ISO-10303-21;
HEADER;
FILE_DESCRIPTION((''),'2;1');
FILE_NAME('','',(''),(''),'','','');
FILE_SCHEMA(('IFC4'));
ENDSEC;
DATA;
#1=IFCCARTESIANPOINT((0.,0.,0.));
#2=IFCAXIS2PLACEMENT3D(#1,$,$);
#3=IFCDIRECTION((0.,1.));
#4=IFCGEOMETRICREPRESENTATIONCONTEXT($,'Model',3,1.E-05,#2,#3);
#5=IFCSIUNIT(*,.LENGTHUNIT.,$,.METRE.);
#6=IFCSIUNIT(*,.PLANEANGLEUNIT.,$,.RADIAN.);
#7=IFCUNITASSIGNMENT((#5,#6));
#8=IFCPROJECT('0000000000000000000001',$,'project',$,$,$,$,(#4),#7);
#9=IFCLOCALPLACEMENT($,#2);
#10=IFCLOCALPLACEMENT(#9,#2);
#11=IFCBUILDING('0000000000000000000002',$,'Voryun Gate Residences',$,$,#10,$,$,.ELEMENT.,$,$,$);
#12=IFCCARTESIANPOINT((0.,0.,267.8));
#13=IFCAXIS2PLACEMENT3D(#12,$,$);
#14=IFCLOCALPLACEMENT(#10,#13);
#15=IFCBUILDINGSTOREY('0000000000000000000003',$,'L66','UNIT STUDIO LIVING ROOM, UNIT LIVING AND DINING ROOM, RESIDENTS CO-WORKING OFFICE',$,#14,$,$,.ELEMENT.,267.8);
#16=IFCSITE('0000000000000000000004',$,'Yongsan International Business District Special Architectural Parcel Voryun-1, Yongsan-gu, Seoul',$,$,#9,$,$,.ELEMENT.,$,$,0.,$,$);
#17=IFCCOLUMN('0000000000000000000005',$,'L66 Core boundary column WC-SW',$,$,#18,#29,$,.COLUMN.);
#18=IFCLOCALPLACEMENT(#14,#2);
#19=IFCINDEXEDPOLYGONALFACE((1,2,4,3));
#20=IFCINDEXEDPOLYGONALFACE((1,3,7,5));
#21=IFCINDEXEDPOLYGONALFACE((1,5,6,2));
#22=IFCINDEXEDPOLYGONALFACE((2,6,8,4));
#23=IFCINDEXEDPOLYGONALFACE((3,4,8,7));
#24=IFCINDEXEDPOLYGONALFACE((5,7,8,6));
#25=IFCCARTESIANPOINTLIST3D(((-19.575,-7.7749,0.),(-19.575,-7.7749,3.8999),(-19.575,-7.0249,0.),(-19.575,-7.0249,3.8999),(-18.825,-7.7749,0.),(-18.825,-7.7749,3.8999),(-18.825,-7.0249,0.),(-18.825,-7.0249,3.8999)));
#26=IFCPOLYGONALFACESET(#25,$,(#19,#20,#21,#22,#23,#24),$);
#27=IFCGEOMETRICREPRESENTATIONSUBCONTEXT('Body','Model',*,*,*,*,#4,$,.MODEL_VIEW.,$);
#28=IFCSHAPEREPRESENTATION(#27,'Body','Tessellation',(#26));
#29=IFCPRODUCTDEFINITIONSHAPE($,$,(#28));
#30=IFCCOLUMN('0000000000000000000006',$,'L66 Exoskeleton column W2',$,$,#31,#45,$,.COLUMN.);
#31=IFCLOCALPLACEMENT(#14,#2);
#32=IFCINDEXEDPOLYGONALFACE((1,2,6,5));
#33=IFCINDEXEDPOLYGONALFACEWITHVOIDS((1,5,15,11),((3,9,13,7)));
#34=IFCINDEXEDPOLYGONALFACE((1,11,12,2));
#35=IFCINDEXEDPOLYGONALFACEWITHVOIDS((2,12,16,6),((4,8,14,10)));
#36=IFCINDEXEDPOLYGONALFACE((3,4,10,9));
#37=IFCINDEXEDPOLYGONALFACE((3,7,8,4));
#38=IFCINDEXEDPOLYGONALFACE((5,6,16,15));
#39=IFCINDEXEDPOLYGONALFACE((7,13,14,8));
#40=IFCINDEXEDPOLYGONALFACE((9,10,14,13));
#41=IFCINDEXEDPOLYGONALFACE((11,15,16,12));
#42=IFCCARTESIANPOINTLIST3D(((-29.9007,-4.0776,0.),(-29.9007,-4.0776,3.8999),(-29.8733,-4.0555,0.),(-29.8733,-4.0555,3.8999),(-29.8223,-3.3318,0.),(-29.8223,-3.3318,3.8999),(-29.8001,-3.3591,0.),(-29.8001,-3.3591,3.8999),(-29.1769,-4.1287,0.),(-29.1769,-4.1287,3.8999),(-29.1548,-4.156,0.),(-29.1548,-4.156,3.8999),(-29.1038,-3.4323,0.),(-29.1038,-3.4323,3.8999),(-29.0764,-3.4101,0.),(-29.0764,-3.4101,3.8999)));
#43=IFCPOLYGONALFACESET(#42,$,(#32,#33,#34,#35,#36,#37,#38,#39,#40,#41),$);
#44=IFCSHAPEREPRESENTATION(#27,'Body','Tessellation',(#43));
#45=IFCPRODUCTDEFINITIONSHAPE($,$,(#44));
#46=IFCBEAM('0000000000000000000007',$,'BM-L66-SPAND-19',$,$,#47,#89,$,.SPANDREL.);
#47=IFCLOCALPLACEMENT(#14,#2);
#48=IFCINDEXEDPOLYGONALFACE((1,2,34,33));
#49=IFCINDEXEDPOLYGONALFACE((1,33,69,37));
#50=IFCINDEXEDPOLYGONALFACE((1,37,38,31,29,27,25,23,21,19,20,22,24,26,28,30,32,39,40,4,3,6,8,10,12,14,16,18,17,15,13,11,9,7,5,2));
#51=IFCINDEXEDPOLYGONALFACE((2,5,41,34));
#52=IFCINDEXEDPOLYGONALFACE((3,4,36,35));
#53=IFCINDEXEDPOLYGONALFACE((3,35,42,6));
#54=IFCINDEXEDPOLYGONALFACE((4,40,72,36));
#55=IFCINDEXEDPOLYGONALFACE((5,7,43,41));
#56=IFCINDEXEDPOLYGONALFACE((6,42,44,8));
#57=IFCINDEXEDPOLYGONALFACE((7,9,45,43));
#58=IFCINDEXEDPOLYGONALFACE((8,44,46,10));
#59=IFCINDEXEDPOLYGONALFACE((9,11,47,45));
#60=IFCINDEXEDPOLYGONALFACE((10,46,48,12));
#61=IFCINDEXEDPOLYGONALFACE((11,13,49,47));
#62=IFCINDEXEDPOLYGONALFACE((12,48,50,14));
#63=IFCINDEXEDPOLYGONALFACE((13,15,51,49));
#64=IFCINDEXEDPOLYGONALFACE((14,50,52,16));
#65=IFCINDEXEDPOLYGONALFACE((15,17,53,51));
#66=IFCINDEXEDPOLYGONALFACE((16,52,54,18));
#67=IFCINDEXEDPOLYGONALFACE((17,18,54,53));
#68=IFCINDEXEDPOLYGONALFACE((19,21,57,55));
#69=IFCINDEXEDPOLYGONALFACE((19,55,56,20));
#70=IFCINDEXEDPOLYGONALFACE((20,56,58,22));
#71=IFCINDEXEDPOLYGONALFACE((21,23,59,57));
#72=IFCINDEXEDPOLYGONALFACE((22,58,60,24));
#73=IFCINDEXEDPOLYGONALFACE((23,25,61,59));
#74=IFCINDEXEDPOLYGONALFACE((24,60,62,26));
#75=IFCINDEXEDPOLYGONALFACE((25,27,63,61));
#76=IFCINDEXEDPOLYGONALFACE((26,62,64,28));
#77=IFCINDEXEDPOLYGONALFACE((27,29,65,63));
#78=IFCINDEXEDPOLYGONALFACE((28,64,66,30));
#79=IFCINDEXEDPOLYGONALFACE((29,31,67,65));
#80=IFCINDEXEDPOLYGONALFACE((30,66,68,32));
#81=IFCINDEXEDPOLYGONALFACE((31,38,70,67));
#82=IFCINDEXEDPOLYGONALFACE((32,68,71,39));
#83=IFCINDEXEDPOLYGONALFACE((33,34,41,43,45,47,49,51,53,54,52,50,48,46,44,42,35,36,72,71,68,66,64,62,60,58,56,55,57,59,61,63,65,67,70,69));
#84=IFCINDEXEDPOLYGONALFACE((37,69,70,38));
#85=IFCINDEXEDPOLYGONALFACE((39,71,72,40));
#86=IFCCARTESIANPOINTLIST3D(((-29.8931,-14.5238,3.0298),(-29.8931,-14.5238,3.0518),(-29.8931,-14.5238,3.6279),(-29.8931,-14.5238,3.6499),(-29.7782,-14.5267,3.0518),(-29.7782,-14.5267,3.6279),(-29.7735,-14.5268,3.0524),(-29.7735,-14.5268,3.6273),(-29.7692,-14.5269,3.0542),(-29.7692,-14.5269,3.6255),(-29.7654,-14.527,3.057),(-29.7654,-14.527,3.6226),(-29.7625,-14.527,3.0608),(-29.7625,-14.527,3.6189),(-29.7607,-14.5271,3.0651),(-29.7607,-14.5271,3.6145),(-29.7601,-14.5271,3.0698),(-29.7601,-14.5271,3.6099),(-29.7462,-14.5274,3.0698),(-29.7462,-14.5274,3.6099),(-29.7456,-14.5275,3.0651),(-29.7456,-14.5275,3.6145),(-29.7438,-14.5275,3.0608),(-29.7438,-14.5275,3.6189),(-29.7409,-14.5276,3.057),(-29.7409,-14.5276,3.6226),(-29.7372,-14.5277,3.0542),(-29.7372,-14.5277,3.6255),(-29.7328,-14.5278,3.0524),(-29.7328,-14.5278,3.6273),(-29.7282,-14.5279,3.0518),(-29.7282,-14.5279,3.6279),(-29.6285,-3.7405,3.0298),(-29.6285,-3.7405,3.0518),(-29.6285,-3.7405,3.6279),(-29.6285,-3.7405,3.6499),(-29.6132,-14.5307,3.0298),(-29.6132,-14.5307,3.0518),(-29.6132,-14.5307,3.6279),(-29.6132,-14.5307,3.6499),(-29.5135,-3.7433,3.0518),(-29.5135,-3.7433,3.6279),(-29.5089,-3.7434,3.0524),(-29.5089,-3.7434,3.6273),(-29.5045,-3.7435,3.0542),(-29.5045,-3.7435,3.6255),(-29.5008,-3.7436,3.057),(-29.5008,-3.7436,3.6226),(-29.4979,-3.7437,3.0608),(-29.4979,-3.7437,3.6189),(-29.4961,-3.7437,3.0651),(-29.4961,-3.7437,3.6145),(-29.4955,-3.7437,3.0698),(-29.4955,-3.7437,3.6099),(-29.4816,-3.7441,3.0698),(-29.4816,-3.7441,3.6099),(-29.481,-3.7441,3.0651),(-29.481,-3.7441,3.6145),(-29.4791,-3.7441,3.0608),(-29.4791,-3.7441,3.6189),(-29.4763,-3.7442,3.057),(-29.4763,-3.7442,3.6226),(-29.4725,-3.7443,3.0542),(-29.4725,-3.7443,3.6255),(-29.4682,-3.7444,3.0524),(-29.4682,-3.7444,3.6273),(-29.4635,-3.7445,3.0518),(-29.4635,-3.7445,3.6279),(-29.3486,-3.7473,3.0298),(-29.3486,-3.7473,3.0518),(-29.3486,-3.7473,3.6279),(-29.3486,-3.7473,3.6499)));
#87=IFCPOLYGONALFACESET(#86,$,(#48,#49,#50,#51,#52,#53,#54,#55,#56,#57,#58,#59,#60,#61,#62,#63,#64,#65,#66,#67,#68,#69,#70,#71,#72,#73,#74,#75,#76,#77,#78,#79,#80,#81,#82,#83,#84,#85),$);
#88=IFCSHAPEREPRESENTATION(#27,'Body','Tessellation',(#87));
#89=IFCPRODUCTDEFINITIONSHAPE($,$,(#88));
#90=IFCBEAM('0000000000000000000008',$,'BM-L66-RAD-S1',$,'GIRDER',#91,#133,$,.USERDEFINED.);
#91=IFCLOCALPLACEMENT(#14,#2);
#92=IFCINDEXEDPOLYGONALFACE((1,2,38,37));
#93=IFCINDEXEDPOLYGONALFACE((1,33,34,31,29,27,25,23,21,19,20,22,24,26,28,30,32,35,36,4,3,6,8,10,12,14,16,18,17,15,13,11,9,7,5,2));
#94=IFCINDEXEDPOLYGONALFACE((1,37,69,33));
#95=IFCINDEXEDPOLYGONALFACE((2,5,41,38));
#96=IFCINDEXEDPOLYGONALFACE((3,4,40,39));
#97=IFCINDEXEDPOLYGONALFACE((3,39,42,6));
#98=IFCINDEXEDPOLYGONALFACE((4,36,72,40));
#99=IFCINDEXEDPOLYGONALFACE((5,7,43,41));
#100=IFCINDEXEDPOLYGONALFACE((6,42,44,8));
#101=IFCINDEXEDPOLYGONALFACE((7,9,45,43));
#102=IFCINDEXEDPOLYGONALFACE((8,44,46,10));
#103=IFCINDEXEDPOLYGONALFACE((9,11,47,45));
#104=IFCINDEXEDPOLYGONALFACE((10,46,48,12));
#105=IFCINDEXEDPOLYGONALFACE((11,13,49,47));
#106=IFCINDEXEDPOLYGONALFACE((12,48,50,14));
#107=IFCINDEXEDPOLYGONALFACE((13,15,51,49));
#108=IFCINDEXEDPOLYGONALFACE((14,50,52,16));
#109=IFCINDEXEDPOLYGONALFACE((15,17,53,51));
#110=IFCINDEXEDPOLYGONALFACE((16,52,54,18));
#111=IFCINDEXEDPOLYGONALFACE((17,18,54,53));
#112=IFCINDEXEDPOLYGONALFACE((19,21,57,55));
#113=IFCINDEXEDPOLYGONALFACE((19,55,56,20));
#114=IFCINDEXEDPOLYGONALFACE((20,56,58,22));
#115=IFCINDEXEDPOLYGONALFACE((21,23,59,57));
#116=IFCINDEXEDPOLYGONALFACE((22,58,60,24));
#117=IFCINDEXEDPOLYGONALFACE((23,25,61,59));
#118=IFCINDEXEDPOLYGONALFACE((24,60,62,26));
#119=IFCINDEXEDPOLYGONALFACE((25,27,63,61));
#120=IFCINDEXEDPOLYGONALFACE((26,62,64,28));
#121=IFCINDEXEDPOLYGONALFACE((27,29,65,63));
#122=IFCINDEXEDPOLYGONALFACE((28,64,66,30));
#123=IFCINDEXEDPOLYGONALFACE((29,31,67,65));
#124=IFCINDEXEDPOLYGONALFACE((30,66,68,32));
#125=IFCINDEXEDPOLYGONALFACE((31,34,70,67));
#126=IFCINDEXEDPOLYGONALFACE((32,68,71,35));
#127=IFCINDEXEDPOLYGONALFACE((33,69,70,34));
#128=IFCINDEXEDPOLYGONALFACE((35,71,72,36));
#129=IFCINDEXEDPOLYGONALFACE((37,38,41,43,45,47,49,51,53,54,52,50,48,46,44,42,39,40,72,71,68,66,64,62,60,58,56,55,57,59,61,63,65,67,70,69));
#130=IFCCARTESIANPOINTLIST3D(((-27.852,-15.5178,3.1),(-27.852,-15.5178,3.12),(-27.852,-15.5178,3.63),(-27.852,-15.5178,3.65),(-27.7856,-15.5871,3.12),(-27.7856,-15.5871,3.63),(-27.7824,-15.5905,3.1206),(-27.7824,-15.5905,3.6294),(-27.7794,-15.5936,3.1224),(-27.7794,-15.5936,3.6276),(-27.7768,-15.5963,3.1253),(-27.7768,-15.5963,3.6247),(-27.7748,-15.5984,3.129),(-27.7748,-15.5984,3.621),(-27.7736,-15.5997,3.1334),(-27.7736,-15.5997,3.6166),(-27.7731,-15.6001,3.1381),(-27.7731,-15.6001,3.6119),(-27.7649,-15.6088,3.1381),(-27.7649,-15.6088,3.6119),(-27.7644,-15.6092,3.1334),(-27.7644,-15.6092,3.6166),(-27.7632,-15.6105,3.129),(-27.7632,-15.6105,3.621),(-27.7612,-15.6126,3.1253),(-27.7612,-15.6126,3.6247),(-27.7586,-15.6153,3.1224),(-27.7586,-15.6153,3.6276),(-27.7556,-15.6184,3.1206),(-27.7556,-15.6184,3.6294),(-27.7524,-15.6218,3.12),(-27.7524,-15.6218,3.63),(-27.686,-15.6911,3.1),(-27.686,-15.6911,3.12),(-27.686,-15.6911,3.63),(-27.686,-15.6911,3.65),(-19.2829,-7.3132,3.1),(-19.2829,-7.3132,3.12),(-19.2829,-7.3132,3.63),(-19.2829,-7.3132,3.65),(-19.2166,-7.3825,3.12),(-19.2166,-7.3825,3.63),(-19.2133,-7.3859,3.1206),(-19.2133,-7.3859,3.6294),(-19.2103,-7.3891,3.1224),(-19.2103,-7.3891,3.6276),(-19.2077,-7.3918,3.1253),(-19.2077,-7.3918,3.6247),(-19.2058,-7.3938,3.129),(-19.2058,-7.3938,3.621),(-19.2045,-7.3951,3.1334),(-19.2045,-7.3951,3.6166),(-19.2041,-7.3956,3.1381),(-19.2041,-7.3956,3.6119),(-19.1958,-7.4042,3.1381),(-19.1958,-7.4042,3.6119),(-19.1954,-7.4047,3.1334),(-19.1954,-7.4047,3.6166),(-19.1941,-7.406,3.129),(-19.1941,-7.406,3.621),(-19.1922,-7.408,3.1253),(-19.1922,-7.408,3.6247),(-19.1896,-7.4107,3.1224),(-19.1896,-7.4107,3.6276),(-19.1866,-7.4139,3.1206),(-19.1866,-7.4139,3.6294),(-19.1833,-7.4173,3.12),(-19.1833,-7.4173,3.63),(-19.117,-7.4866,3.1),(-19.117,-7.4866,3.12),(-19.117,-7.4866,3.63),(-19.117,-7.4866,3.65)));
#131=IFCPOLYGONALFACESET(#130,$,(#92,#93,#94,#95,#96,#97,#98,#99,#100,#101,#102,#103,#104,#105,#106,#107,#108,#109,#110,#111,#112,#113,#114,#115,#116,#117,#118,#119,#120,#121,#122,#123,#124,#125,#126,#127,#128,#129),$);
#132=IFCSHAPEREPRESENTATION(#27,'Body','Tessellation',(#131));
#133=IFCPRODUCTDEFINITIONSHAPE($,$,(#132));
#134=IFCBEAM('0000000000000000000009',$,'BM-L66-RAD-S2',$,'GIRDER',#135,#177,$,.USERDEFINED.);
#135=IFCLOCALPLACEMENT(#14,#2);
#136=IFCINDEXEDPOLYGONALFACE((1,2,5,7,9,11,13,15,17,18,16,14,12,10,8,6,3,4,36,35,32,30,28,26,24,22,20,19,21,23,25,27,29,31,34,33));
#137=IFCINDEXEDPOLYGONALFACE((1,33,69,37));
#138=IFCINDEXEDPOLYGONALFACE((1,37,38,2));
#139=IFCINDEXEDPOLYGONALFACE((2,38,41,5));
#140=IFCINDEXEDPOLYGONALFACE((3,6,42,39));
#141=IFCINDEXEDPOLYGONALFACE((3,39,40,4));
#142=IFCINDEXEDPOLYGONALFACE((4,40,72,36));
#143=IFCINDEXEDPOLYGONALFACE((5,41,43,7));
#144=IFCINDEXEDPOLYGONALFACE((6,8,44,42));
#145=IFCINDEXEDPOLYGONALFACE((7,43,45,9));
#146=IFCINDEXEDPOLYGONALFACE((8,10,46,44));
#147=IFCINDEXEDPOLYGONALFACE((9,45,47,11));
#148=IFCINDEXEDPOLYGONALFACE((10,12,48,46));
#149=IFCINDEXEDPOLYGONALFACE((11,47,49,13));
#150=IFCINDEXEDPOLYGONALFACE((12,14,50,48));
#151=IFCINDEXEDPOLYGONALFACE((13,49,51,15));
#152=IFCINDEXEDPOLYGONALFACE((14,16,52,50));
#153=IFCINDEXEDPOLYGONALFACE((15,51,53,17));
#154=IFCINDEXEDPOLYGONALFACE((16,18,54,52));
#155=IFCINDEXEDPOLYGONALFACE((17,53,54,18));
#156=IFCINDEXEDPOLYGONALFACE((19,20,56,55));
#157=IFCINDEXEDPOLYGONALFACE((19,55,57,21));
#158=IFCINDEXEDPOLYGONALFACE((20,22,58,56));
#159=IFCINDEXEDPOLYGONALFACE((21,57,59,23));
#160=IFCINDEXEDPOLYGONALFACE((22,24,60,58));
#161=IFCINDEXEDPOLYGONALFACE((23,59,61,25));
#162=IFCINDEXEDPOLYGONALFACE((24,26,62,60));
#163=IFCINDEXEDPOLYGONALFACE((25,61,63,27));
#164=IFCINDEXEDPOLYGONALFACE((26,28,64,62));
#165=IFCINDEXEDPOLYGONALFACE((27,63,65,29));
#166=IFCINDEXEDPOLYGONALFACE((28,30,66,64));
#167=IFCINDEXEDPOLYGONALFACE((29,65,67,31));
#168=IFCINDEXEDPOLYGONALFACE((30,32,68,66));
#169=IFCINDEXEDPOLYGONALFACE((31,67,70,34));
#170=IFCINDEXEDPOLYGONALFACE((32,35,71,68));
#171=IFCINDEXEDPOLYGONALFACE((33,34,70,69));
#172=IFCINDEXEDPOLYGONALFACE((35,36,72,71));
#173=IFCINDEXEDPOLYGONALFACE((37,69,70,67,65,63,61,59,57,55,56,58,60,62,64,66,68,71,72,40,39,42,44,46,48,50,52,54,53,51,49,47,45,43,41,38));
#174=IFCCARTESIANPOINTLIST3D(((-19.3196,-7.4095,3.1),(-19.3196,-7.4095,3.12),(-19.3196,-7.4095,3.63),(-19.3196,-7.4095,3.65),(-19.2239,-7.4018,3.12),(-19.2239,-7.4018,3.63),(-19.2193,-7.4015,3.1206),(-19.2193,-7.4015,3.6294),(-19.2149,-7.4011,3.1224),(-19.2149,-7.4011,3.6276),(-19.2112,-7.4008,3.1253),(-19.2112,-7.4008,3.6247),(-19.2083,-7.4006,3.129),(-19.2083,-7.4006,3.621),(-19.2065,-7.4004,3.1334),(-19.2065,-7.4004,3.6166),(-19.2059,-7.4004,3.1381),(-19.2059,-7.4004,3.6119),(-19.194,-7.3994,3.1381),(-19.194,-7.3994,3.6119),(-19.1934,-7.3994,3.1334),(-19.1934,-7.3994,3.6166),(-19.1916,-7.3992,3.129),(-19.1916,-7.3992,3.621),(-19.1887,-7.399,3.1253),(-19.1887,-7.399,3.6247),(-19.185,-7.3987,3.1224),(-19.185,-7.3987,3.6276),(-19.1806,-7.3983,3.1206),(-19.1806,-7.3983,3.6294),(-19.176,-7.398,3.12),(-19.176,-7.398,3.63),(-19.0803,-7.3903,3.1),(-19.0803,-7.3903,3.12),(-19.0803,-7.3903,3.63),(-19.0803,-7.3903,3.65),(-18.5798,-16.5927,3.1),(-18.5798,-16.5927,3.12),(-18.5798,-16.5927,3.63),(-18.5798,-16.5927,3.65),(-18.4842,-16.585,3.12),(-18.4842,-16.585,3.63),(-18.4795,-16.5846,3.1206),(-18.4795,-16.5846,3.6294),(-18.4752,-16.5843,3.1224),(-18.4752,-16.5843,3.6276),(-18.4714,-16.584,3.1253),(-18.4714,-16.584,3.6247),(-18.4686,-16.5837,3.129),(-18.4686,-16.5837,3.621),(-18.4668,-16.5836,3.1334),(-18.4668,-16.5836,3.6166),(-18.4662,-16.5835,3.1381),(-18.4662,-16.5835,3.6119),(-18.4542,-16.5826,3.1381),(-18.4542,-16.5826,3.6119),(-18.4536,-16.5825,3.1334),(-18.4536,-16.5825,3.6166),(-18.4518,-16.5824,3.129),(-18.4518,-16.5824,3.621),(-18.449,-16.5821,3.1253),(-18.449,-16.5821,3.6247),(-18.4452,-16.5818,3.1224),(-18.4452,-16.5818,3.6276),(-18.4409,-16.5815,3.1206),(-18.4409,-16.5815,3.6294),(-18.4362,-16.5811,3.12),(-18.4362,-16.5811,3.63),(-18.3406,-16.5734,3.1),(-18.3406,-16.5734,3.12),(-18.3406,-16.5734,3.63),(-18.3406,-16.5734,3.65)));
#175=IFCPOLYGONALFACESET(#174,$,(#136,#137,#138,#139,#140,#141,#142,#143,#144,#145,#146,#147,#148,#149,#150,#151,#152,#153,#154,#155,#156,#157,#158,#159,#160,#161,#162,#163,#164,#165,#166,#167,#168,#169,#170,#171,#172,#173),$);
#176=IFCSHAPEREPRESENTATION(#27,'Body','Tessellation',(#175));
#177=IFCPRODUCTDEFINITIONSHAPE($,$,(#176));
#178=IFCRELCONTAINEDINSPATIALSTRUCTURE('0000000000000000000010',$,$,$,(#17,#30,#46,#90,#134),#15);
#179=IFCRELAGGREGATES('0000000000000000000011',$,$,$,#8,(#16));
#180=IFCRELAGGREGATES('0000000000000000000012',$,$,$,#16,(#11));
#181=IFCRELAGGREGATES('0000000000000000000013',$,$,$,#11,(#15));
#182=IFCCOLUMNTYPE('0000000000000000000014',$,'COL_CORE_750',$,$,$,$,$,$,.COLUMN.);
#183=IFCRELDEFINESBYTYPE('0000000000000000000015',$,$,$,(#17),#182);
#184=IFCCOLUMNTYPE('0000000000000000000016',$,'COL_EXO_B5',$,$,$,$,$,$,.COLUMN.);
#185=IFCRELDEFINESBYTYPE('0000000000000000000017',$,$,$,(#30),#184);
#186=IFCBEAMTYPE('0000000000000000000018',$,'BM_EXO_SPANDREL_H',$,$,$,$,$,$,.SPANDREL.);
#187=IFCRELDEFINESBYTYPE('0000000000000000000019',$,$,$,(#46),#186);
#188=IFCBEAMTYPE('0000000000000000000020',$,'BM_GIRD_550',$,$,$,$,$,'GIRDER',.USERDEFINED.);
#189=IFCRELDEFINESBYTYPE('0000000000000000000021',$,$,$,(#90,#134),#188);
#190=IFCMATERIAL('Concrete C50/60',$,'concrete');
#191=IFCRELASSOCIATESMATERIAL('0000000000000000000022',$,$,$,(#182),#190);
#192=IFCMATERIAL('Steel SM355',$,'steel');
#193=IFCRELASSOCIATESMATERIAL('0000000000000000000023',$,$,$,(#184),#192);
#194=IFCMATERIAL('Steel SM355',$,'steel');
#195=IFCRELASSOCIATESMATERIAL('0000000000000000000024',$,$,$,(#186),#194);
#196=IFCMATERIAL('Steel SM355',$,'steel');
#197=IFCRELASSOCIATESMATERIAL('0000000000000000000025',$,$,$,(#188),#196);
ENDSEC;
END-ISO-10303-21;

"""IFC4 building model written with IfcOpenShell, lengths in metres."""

from ifc_helpers import new_model, si_unit, direction, frame, origin, origin_2d, place, context, subcontext, project, spatial, rectangle, hollow_rectangle, i_section, extrude, material, material_profile, profile_set, type_object, element, save


model = new_model("IFC4")

# Units and contexts
model_context = context("Model", 3, precision=1e-05, world=origin(), true_north=direction((0.0, 1.0)))
body_context = subcontext(model_context, "Body", "Model", "MODEL_VIEW")
ifc_project = project(units=[si_unit("LENGTHUNIT", "METRE"), si_unit("PLANEANGLEUNIT", "RADIAN")], contexts=[model_context])

# Site, building, storey
site_placement = place(None, origin())
site = spatial("IfcSite", under=ifc_project, at=site_placement, Name="Yongsan International Business District Special Architectural Parcel Voryun-1, Yongsan-gu, Seoul", CompositionType="ELEMENT", RefElevation=0.0)
building_placement = place(site_placement, origin())
building = spatial("IfcBuilding", under=site, at=building_placement, Name="Voryun Gate Residences", CompositionType="ELEMENT")
storey_placement = place(building_placement, frame((0.0, 0.0, 267.8)))
storey = spatial("IfcBuildingStorey", under=building, at=storey_placement, Name="L66", Description="UNIT STUDIO LIVING ROOM, UNIT LIVING AND DINING ROOM, RESIDENTS CO-WORKING OFFICE", CompositionType="ELEMENT", Elevation=267.8)

# Columns
ifc_material_1 = material(Name="Concrete C50/60", Category="concrete")
ifc_material_profile_1 = material_profile(ifc_material_1, rectangle(XDim=0.75, YDim=0.75, at=origin_2d()), Name="RC-750x750")
ifc_profile_set_1 = profile_set([ifc_material_profile_1], Name="Concrete C50/60")
column_type_1 = type_object("IfcColumnType", Name="COL_CORE_750", PredefinedType="COLUMN", material=ifc_profile_set_1)
column_1_placement = place(storey_placement, frame((-19.2, -7.3999, 0.0), z_axis=(0.0, 0.0, 1.0), x_axis=(1.0, 0.0, 0.0)))
element("IfcColumn", 1, at=column_1_placement, inside=storey, type_object=column_type_1, Name="L66 Core boundary column WC-SW", PredefinedType="COLUMN", context=body_context, shape_type="SweptSolid", body=[
    extrude(rectangle(XDim=0.75, YDim=0.75, at=origin_2d()), origin(), (0.0, 0.0, 1.0), 3.8999),
])
ifc_material_2 = material(Name="Steel SM355", Category="steel")
ifc_material_profile_2 = material_profile(ifc_material_2, hollow_rectangle(XDim=0.75, YDim=0.75, WallThickness=0.0249, at=origin_2d()), Name="BOX-750x750x25")
ifc_profile_set_2 = profile_set([ifc_material_profile_2], Name="Steel SM355")
column_type_2 = type_object("IfcColumnType", Name="COL_EXO_B5", PredefinedType="COLUMN", material=ifc_profile_set_2)
column_2_placement = place(storey_placement, frame((-29.4885, -3.7439, 0.0), z_axis=(0.0, 0.0, 1.0), x_axis=(0.994522, -0.104528, 0.0)))
element("IfcColumn", 2, at=column_2_placement, inside=storey, type_object=column_type_2, Name="L66 Exoskeleton column W2", PredefinedType="COLUMN", context=body_context, shape_type="SweptSolid", body=[
    extrude(hollow_rectangle(XDim=0.75, YDim=0.75, WallThickness=0.0249, at=origin_2d()), origin(), (0.0, 0.0, 1.0), 3.8999),
])

# Beams
ifc_material_3 = material(Name="Steel SM355", Category="steel")
ifc_material_profile_3 = material_profile(ifc_material_3, i_section(OverallWidth=0.28, OverallDepth=0.6201, WebThickness=0.0139, FlangeThickness=0.022, FilletRadius=0.0181, at=origin_2d()), Name="H-620x280x14x22")
ifc_profile_set_3 = profile_set([ifc_material_profile_3], Name="Steel SM355")
beam_type_1 = type_object("IfcBeamType", Name="BM_EXO_SPANDREL_H", PredefinedType="SPANDREL", material=ifc_profile_set_3)
beam_1_placement = place(storey_placement, frame((-29.4885, -3.7439, 3.3398), z_axis=(-0.024535, -0.999699, 0.0), x_axis=(0.999699, -0.024535, 0.0)))
element("IfcBeam", 3, at=beam_1_placement, inside=storey, type_object=beam_type_1, Name="BM-L66-SPAND-19", PredefinedType="SPANDREL", context=body_context, shape_type="SweptSolid", body=[
    extrude(i_section(OverallWidth=0.28, OverallDepth=0.6201, WebThickness=0.0139, FlangeThickness=0.022, FilletRadius=0.0181, at=origin_2d()), origin(), (0.0, 0.0, 1.0), 10.7866),
])
ifc_material_4 = material(Name="Steel SM355", Category="steel")
ifc_material_profile_4 = material_profile(ifc_material_4, i_section(OverallWidth=0.24, OverallDepth=0.55, WebThickness=0.012, FlangeThickness=0.02, FilletRadius=0.0181, at=origin_2d()), Name="H-550x240x12x20")
ifc_profile_set_4 = profile_set([ifc_material_profile_4], Name="Steel SM355")
beam_type_2 = type_object("IfcBeamType", Name="BM_GIRD_550", ElementType="GIRDER", PredefinedType="USERDEFINED", material=ifc_profile_set_4)
beam_2_placement = place(storey_placement, frame((-19.2, -7.3999, 3.375), z_axis=(-0.722302, -0.691578, 0.0), x_axis=(0.691578, -0.722302, 0.0)))
element("IfcBeam", 4, at=beam_2_placement, inside=storey, type_object=beam_type_2, Name="BM-L66-RAD-S1", ObjectType="GIRDER", PredefinedType="USERDEFINED", context=body_context, shape_type="SweptSolid", body=[
    extrude(i_section(OverallWidth=0.24, OverallDepth=0.55, WebThickness=0.012, FlangeThickness=0.02, FilletRadius=0.0181, at=origin_2d()), origin(), (0.0, 0.0, 1.0), 11.8635),
])
beam_3_placement = place(storey_placement, frame((-19.2, -7.3999, 3.375), z_axis=(0.080295, -0.996771, 0.0), x_axis=(0.996771, 0.080295, 0.0)))
element("IfcBeam", 5, at=beam_3_placement, inside=storey, type_object=beam_type_2, Name="BM-L66-RAD-S2", ObjectType="GIRDER", PredefinedType="USERDEFINED", context=body_context, shape_type="SweptSolid", body=[
    extrude(i_section(OverallWidth=0.24, OverallDepth=0.55, WebThickness=0.012, FlangeThickness=0.02, FilletRadius=0.0181, at=origin_2d()), origin(), (0.0, 0.0, 1.0), 9.2129),
])

save(model, "model.ifc")
